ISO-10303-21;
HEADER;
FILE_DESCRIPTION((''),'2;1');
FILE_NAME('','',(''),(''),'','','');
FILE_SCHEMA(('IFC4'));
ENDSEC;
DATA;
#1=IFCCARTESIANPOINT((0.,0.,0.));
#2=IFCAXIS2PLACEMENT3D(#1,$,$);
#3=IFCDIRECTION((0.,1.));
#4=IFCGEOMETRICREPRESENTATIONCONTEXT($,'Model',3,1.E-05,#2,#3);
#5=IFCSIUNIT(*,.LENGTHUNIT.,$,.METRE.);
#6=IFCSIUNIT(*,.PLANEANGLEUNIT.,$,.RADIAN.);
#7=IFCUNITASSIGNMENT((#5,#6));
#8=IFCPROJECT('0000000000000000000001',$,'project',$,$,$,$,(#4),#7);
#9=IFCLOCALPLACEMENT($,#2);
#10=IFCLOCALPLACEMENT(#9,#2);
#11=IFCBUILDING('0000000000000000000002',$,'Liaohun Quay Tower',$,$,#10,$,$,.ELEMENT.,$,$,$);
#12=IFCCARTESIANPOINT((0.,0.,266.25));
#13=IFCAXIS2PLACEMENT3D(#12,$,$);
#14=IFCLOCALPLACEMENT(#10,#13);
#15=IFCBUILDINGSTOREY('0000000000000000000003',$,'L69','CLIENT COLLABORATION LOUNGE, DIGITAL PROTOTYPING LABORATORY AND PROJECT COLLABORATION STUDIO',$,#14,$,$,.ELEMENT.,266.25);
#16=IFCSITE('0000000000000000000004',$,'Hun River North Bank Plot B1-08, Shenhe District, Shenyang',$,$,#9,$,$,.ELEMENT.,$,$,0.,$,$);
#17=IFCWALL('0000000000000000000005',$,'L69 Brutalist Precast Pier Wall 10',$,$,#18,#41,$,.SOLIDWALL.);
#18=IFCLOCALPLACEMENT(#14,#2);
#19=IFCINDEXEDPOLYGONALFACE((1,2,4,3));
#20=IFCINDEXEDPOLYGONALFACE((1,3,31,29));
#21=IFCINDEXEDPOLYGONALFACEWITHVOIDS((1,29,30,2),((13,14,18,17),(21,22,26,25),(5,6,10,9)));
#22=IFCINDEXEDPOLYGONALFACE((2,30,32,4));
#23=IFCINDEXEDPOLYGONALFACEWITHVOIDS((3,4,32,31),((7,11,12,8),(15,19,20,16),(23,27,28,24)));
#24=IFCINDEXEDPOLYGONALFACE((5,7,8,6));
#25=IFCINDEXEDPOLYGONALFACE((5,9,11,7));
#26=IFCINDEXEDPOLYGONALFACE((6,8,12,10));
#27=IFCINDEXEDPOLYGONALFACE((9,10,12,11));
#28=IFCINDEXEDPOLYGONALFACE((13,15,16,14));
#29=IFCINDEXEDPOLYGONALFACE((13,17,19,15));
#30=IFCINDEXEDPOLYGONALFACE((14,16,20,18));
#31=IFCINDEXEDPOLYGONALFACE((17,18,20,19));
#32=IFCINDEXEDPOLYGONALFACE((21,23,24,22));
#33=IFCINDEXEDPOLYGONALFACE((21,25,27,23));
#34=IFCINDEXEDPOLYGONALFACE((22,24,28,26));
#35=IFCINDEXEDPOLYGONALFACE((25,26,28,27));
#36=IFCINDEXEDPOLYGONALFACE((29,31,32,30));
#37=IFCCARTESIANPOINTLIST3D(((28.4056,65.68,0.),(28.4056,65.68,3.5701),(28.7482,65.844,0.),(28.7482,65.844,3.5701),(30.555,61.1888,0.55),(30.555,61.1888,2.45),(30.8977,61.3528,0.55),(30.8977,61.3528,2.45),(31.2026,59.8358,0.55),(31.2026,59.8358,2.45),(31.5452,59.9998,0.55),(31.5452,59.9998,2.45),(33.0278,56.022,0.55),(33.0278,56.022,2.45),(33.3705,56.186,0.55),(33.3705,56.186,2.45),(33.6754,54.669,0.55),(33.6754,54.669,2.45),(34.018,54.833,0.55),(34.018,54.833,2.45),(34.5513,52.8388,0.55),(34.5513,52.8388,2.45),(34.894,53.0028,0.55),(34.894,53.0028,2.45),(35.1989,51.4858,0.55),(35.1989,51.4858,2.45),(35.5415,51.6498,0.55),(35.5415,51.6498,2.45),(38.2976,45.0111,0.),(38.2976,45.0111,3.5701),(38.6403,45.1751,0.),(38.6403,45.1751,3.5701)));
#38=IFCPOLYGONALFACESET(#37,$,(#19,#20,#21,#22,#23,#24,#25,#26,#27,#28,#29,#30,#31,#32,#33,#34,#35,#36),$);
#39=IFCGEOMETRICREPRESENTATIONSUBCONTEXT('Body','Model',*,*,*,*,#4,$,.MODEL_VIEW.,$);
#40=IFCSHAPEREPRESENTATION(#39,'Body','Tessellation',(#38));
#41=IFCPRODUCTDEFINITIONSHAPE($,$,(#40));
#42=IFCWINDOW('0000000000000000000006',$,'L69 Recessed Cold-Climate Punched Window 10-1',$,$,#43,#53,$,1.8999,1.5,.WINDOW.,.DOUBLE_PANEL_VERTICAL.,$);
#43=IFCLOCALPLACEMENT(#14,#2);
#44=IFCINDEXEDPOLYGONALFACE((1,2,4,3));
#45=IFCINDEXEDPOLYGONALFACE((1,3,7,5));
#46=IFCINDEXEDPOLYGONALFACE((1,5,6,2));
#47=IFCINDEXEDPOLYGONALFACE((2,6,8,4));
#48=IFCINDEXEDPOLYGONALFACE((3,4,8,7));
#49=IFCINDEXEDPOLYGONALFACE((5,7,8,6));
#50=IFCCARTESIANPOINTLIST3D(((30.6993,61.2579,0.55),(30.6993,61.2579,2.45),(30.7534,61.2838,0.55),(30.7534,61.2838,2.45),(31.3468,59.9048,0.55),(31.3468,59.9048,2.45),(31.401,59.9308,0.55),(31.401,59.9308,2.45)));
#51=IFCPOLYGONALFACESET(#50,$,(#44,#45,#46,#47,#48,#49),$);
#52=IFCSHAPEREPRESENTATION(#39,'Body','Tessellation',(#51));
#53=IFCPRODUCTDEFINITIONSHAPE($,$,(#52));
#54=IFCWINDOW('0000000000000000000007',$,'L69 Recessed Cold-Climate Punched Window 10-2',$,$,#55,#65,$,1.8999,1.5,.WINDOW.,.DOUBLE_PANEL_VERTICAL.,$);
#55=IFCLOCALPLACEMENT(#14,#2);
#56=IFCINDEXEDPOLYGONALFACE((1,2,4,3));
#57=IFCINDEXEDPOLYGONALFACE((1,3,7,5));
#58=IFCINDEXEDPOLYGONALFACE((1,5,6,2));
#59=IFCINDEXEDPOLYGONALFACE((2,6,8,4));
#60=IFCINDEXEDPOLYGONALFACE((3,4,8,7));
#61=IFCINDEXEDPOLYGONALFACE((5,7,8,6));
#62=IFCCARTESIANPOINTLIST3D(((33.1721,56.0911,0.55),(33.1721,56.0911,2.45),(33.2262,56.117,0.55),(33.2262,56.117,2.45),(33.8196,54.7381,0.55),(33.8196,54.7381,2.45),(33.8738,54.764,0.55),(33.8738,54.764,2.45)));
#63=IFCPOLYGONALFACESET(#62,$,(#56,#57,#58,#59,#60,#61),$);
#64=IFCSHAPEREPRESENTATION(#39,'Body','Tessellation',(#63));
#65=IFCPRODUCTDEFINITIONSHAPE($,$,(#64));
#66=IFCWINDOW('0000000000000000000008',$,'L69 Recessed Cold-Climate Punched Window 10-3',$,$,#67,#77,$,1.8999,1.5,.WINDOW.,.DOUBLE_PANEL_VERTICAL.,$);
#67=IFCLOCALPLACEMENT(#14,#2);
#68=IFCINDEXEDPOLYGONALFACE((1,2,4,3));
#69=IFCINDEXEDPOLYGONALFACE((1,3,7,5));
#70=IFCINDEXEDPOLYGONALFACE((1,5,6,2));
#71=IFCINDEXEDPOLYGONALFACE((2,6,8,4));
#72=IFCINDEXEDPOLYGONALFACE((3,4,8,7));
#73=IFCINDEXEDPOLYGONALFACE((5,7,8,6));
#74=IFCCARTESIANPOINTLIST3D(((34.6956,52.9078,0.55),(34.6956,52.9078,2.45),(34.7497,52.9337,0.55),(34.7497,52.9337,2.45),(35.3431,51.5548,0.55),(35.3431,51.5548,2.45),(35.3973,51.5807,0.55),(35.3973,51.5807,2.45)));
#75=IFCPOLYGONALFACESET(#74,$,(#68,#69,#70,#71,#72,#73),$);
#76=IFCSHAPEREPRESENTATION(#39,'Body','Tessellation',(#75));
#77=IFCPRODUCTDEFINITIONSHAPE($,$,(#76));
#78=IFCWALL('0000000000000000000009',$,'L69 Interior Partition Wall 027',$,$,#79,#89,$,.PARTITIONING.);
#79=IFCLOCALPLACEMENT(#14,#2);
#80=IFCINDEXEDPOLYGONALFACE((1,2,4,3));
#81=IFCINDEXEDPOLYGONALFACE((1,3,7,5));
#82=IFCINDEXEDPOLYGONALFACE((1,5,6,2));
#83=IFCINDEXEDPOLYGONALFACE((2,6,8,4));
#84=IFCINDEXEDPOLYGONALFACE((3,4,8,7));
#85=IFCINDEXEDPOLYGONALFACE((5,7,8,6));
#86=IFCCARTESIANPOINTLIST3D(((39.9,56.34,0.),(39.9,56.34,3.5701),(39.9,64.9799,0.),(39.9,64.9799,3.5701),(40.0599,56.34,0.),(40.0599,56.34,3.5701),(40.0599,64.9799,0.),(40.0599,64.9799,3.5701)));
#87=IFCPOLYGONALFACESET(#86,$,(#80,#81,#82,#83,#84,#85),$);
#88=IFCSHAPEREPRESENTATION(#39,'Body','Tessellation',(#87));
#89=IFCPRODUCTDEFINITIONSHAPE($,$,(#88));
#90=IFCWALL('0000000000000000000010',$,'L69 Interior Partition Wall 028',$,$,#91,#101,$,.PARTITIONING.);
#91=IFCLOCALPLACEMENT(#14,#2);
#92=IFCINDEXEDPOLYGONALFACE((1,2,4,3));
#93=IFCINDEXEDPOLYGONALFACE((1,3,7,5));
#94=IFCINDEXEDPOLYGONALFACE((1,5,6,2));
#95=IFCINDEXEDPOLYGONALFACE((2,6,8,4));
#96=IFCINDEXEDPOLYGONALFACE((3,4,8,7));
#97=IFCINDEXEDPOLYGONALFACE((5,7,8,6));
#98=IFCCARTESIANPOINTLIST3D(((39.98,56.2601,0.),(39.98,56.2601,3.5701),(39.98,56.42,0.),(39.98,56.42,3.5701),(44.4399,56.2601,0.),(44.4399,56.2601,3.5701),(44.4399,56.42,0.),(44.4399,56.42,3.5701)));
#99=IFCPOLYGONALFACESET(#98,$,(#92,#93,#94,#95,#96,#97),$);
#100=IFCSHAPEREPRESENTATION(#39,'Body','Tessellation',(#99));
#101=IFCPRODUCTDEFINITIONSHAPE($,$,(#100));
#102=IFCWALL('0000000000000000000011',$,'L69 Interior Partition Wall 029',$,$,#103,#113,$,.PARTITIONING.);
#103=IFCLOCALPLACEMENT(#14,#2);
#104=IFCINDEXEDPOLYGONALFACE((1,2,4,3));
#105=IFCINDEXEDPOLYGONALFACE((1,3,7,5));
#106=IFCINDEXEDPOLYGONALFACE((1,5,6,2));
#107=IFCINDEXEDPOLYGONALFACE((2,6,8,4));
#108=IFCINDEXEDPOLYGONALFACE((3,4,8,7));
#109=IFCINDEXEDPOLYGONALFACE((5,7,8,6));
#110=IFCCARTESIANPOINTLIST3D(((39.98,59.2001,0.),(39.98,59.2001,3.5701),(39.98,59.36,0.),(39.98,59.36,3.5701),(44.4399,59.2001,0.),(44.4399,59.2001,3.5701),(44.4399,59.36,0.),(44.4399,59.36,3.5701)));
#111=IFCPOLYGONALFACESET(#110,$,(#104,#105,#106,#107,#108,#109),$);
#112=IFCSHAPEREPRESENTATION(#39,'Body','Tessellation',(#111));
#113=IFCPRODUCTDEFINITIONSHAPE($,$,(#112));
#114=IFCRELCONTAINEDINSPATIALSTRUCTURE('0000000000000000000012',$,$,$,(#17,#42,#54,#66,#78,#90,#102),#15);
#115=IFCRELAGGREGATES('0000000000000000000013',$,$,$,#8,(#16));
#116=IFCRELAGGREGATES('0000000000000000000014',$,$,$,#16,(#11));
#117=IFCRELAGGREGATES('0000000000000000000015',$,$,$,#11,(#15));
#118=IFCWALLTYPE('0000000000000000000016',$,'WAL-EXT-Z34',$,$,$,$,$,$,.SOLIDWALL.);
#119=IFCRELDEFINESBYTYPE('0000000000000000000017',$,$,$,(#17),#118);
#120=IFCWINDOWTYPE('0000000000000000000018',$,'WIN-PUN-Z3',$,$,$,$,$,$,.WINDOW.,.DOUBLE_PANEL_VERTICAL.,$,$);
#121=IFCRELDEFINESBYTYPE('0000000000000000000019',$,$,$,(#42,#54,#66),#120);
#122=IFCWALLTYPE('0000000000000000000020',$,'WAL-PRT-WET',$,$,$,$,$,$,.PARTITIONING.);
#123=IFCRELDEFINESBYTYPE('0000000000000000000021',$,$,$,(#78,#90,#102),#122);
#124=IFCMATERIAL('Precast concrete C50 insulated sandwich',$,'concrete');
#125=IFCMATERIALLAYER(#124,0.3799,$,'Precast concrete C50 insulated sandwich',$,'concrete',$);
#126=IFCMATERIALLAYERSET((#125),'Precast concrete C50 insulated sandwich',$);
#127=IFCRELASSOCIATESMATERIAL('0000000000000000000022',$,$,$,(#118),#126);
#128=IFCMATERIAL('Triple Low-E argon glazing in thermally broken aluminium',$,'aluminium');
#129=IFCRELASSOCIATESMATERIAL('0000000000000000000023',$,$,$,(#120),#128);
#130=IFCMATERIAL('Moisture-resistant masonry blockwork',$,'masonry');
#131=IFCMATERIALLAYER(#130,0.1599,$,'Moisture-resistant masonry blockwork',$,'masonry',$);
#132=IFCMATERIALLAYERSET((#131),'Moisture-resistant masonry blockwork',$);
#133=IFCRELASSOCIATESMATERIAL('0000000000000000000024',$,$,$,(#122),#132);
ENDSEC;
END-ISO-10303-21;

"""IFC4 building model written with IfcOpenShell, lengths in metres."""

from ifc_helpers import new_model, si_unit, direction, frame, frame_2d, origin, place, context, subcontext, project, spatial, rectangle, extrude, source, transform, mapped, material, layer, layer_set, type_object, element, fill, save


model = new_model("IFC4")

# Units and contexts
model_context = context("Model", 3, precision=1e-05, world=origin(), true_north=direction((0.0, 1.0)))
body_context = subcontext(model_context, "Body", "Model", "MODEL_VIEW")
ifc_project = project(units=[si_unit("LENGTHUNIT", "METRE"), si_unit("PLANEANGLEUNIT", "RADIAN")], contexts=[model_context])

# Site, building, storey
site_placement = place(None, origin())
site = spatial("IfcSite", under=ifc_project, at=site_placement, Name="Hun River North Bank Plot B1-08, Shenhe District, Shenyang", CompositionType="ELEMENT", RefElevation=0.0)
building_placement = place(site_placement, origin())
building = spatial("IfcBuilding", under=site, at=building_placement, Name="Liaohun Quay Tower", CompositionType="ELEMENT")
storey_placement = place(building_placement, frame((0.0, 0.0, 266.25)))
storey = spatial("IfcBuildingStorey", under=building, at=storey_placement, Name="L69", Description="CLIENT COLLABORATION LOUNGE, DIGITAL PROTOTYPING LABORATORY AND PROJECT COLLABORATION STUDIO", CompositionType="ELEMENT", Elevation=266.25)

# Shared definitions
ifc_material_1 = material(Name="Precast concrete C50 insulated sandwich", Category="concrete")
ifc_layer_1 = layer(ifc_material_1, 0.3799, Name="Precast concrete C50 insulated sandwich", Category="concrete")
ifc_layer_set_1 = layer_set([ifc_layer_1], Name="Precast concrete C50 insulated sandwich")
wall_type_1 = type_object("IfcWallType", Name="WAL-EXT-Z34", PredefinedType="SOLIDWALL", material=ifc_layer_set_1)

# Wall, openings, windows
wall_1_placement = place(storey_placement, frame((28.5769, 65.762, 0.0), z_axis=(0.0, 0.0, 1.0), x_axis=(0.431702, -0.902016, 0.0)))
wall_1 = element("IfcWall", 1, at=wall_1_placement, inside=storey, type_object=wall_type_1, Name="L69 Brutalist Precast Pier Wall 10", PredefinedType="SOLIDWALL", context=body_context, shape_type="SweptSolid", body=[
    extrude(rectangle(XDim=22.9141, YDim=0.3799, at=frame_2d((11.457, 0.0))), origin(), (0.0, 0.0, 1.0), 3.5701),
])
shared_shape_1 = source(origin(), body_context, "Body", "SweptSolid", [
    extrude(rectangle(XDim=1.5, YDim=1.8999, at=frame_2d((0.75, 0.95))), frame((0.0, 0.2, 0.0), z_axis=(0.0, -1.0, 0.0), x_axis=(1.0, 0.0, 0.0)), (0.0, 0.0, 1.0), 0.3999),
])
opening_1_placement = place(wall_1_placement, frame((4.979, 0.0, 0.55)))
opening_1 = element("IfcOpeningElement", 2, at=opening_1_placement, cuts=wall_1, PredefinedType="OPENING", context=body_context, shape_type="MappedRepresentation", body=[
    mapped(shared_shape_1, transform((0.0, 0.0, 0.0), x_axis=(1.0, 0.0, 0.0), y_axis=(0.0, 1.0, 0.0), z_axis=(0.0, 0.0, 1.0), scale=1.0)),
])
opening_2_placement = place(wall_1_placement, frame((10.707, 0.0, 0.55)))
opening_2 = element("IfcOpeningElement", 3, at=opening_2_placement, cuts=wall_1, PredefinedType="OPENING", context=body_context, shape_type="MappedRepresentation", body=[
    mapped(shared_shape_1, transform((0.0, 0.0, 0.0), x_axis=(1.0, 0.0, 0.0), y_axis=(0.0, 1.0, 0.0), z_axis=(0.0, 0.0, 1.0), scale=1.0)),
])
opening_3_placement = place(wall_1_placement, frame((14.2361, 0.0, 0.55)))
opening_3 = element("IfcOpeningElement", 4, at=opening_3_placement, cuts=wall_1, PredefinedType="OPENING", context=body_context, shape_type="MappedRepresentation", body=[
    mapped(shared_shape_1, transform((0.0, 0.0, 0.0), x_axis=(1.0, 0.0, 0.0), y_axis=(0.0, 1.0, 0.0), z_axis=(0.0, 0.0, 1.0), scale=1.0)),
])
ifc_material_2 = material(Name="Triple Low-E argon glazing in thermally broken aluminium", Category="aluminium")
window_type_1 = type_object("IfcWindowType", Name="WIN-PUN-Z3", PartitioningType="DOUBLE_PANEL_VERTICAL", PredefinedType="WINDOW", material=ifc_material_2)
shared_shape_2 = source(origin(), body_context, "Body", "SweptSolid", [
    extrude(rectangle(XDim=1.5, YDim=1.8999, at=frame_2d((0.75, 0.95))), frame((0.0, 0.03, 0.0), z_axis=(0.0, -1.0, 0.0), x_axis=(1.0, 0.0, 0.0)), (0.0, 0.0, 1.0), 0.0601),
])
window_1_placement = place(opening_1_placement, origin())
window_1 = element("IfcWindow", 5, at=window_1_placement, inside=storey, type_object=window_type_1, Name="L69 Recessed Cold-Climate Punched Window 10-1", OverallHeight=1.8999, OverallWidth=1.5, PartitioningType="DOUBLE_PANEL_VERTICAL", PredefinedType="WINDOW", context=body_context, shape_type="MappedRepresentation", body=[
    mapped(shared_shape_2, transform((0.0, 0.0, 0.0), x_axis=(1.0, 0.0, 0.0), y_axis=(0.0, 1.0, 0.0), z_axis=(0.0, 0.0, 1.0), scale=1.0)),
])
fill(opening_1, window_1)
window_2_placement = place(opening_2_placement, origin())
window_2 = element("IfcWindow", 6, at=window_2_placement, inside=storey, type_object=window_type_1, Name="L69 Recessed Cold-Climate Punched Window 10-2", OverallHeight=1.8999, OverallWidth=1.5, PartitioningType="DOUBLE_PANEL_VERTICAL", PredefinedType="WINDOW", context=body_context, shape_type="MappedRepresentation", body=[
    mapped(shared_shape_2, transform((0.0, 0.0, 0.0), x_axis=(1.0, 0.0, 0.0), y_axis=(0.0, 1.0, 0.0), z_axis=(0.0, 0.0, 1.0), scale=1.0)),
])
fill(opening_2, window_2)
window_3_placement = place(opening_3_placement, origin())
window_3 = element("IfcWindow", 7, at=window_3_placement, inside=storey, type_object=window_type_1, Name="L69 Recessed Cold-Climate Punched Window 10-3", OverallHeight=1.8999, OverallWidth=1.5, PartitioningType="DOUBLE_PANEL_VERTICAL", PredefinedType="WINDOW", context=body_context, shape_type="MappedRepresentation", body=[
    mapped(shared_shape_2, transform((0.0, 0.0, 0.0), x_axis=(1.0, 0.0, 0.0), y_axis=(0.0, 1.0, 0.0), z_axis=(0.0, 0.0, 1.0), scale=1.0)),
])
fill(opening_3, window_3)

# Walls
ifc_material_3 = material(Name="Moisture-resistant masonry blockwork", Category="masonry")
ifc_layer_2 = layer(ifc_material_3, 0.1599, Name="Moisture-resistant masonry blockwork", Category="masonry")
ifc_layer_set_2 = layer_set([ifc_layer_2], Name="Moisture-resistant masonry blockwork")
wall_type_2 = type_object("IfcWallType", Name="WAL-PRT-WET", PredefinedType="PARTITIONING", material=ifc_layer_set_2)
wall_2_placement = place(storey_placement, frame((39.98, 56.3401, 0.0), z_axis=(0.0, 0.0, 1.0), x_axis=(0.0, 1.0, 0.0)))
element("IfcWall", 8, at=wall_2_placement, inside=storey, type_object=wall_type_2, Name="L69 Interior Partition Wall 027", PredefinedType="PARTITIONING", context=body_context, shape_type="SweptSolid", body=[
    extrude(rectangle(XDim=8.6399, YDim=0.1599, at=frame_2d((4.3198, 0.0))), origin(), (0.0, 0.0, 1.0), 3.5701),
])
for number, where, z_axis, x_axis, name in (
    (9, (39.98, 56.3401, 0.0), (0.0, 0.0, 1.0), (1.0, 0.0, 0.0), "L69 Interior Partition Wall 028"),
    (10, (39.98, 59.28, 0.0), (0.0, 0.0, 1.0), (1.0, 0.0, 0.0), "L69 Interior Partition Wall 029"),
):
    element("IfcWall", number, at=place(storey_placement, frame(where, z_axis=z_axis, x_axis=x_axis)), inside=storey, type_object=wall_type_2, Name=name, PredefinedType="PARTITIONING", context=body_context, shape_type="SweptSolid", body=[
        extrude(rectangle(XDim=4.46, YDim=0.1599, at=frame_2d((2.23, 0.0))), origin(), (0.0, 0.0, 1.0), 3.5701),
    ])

save(model, "model.ifc")
